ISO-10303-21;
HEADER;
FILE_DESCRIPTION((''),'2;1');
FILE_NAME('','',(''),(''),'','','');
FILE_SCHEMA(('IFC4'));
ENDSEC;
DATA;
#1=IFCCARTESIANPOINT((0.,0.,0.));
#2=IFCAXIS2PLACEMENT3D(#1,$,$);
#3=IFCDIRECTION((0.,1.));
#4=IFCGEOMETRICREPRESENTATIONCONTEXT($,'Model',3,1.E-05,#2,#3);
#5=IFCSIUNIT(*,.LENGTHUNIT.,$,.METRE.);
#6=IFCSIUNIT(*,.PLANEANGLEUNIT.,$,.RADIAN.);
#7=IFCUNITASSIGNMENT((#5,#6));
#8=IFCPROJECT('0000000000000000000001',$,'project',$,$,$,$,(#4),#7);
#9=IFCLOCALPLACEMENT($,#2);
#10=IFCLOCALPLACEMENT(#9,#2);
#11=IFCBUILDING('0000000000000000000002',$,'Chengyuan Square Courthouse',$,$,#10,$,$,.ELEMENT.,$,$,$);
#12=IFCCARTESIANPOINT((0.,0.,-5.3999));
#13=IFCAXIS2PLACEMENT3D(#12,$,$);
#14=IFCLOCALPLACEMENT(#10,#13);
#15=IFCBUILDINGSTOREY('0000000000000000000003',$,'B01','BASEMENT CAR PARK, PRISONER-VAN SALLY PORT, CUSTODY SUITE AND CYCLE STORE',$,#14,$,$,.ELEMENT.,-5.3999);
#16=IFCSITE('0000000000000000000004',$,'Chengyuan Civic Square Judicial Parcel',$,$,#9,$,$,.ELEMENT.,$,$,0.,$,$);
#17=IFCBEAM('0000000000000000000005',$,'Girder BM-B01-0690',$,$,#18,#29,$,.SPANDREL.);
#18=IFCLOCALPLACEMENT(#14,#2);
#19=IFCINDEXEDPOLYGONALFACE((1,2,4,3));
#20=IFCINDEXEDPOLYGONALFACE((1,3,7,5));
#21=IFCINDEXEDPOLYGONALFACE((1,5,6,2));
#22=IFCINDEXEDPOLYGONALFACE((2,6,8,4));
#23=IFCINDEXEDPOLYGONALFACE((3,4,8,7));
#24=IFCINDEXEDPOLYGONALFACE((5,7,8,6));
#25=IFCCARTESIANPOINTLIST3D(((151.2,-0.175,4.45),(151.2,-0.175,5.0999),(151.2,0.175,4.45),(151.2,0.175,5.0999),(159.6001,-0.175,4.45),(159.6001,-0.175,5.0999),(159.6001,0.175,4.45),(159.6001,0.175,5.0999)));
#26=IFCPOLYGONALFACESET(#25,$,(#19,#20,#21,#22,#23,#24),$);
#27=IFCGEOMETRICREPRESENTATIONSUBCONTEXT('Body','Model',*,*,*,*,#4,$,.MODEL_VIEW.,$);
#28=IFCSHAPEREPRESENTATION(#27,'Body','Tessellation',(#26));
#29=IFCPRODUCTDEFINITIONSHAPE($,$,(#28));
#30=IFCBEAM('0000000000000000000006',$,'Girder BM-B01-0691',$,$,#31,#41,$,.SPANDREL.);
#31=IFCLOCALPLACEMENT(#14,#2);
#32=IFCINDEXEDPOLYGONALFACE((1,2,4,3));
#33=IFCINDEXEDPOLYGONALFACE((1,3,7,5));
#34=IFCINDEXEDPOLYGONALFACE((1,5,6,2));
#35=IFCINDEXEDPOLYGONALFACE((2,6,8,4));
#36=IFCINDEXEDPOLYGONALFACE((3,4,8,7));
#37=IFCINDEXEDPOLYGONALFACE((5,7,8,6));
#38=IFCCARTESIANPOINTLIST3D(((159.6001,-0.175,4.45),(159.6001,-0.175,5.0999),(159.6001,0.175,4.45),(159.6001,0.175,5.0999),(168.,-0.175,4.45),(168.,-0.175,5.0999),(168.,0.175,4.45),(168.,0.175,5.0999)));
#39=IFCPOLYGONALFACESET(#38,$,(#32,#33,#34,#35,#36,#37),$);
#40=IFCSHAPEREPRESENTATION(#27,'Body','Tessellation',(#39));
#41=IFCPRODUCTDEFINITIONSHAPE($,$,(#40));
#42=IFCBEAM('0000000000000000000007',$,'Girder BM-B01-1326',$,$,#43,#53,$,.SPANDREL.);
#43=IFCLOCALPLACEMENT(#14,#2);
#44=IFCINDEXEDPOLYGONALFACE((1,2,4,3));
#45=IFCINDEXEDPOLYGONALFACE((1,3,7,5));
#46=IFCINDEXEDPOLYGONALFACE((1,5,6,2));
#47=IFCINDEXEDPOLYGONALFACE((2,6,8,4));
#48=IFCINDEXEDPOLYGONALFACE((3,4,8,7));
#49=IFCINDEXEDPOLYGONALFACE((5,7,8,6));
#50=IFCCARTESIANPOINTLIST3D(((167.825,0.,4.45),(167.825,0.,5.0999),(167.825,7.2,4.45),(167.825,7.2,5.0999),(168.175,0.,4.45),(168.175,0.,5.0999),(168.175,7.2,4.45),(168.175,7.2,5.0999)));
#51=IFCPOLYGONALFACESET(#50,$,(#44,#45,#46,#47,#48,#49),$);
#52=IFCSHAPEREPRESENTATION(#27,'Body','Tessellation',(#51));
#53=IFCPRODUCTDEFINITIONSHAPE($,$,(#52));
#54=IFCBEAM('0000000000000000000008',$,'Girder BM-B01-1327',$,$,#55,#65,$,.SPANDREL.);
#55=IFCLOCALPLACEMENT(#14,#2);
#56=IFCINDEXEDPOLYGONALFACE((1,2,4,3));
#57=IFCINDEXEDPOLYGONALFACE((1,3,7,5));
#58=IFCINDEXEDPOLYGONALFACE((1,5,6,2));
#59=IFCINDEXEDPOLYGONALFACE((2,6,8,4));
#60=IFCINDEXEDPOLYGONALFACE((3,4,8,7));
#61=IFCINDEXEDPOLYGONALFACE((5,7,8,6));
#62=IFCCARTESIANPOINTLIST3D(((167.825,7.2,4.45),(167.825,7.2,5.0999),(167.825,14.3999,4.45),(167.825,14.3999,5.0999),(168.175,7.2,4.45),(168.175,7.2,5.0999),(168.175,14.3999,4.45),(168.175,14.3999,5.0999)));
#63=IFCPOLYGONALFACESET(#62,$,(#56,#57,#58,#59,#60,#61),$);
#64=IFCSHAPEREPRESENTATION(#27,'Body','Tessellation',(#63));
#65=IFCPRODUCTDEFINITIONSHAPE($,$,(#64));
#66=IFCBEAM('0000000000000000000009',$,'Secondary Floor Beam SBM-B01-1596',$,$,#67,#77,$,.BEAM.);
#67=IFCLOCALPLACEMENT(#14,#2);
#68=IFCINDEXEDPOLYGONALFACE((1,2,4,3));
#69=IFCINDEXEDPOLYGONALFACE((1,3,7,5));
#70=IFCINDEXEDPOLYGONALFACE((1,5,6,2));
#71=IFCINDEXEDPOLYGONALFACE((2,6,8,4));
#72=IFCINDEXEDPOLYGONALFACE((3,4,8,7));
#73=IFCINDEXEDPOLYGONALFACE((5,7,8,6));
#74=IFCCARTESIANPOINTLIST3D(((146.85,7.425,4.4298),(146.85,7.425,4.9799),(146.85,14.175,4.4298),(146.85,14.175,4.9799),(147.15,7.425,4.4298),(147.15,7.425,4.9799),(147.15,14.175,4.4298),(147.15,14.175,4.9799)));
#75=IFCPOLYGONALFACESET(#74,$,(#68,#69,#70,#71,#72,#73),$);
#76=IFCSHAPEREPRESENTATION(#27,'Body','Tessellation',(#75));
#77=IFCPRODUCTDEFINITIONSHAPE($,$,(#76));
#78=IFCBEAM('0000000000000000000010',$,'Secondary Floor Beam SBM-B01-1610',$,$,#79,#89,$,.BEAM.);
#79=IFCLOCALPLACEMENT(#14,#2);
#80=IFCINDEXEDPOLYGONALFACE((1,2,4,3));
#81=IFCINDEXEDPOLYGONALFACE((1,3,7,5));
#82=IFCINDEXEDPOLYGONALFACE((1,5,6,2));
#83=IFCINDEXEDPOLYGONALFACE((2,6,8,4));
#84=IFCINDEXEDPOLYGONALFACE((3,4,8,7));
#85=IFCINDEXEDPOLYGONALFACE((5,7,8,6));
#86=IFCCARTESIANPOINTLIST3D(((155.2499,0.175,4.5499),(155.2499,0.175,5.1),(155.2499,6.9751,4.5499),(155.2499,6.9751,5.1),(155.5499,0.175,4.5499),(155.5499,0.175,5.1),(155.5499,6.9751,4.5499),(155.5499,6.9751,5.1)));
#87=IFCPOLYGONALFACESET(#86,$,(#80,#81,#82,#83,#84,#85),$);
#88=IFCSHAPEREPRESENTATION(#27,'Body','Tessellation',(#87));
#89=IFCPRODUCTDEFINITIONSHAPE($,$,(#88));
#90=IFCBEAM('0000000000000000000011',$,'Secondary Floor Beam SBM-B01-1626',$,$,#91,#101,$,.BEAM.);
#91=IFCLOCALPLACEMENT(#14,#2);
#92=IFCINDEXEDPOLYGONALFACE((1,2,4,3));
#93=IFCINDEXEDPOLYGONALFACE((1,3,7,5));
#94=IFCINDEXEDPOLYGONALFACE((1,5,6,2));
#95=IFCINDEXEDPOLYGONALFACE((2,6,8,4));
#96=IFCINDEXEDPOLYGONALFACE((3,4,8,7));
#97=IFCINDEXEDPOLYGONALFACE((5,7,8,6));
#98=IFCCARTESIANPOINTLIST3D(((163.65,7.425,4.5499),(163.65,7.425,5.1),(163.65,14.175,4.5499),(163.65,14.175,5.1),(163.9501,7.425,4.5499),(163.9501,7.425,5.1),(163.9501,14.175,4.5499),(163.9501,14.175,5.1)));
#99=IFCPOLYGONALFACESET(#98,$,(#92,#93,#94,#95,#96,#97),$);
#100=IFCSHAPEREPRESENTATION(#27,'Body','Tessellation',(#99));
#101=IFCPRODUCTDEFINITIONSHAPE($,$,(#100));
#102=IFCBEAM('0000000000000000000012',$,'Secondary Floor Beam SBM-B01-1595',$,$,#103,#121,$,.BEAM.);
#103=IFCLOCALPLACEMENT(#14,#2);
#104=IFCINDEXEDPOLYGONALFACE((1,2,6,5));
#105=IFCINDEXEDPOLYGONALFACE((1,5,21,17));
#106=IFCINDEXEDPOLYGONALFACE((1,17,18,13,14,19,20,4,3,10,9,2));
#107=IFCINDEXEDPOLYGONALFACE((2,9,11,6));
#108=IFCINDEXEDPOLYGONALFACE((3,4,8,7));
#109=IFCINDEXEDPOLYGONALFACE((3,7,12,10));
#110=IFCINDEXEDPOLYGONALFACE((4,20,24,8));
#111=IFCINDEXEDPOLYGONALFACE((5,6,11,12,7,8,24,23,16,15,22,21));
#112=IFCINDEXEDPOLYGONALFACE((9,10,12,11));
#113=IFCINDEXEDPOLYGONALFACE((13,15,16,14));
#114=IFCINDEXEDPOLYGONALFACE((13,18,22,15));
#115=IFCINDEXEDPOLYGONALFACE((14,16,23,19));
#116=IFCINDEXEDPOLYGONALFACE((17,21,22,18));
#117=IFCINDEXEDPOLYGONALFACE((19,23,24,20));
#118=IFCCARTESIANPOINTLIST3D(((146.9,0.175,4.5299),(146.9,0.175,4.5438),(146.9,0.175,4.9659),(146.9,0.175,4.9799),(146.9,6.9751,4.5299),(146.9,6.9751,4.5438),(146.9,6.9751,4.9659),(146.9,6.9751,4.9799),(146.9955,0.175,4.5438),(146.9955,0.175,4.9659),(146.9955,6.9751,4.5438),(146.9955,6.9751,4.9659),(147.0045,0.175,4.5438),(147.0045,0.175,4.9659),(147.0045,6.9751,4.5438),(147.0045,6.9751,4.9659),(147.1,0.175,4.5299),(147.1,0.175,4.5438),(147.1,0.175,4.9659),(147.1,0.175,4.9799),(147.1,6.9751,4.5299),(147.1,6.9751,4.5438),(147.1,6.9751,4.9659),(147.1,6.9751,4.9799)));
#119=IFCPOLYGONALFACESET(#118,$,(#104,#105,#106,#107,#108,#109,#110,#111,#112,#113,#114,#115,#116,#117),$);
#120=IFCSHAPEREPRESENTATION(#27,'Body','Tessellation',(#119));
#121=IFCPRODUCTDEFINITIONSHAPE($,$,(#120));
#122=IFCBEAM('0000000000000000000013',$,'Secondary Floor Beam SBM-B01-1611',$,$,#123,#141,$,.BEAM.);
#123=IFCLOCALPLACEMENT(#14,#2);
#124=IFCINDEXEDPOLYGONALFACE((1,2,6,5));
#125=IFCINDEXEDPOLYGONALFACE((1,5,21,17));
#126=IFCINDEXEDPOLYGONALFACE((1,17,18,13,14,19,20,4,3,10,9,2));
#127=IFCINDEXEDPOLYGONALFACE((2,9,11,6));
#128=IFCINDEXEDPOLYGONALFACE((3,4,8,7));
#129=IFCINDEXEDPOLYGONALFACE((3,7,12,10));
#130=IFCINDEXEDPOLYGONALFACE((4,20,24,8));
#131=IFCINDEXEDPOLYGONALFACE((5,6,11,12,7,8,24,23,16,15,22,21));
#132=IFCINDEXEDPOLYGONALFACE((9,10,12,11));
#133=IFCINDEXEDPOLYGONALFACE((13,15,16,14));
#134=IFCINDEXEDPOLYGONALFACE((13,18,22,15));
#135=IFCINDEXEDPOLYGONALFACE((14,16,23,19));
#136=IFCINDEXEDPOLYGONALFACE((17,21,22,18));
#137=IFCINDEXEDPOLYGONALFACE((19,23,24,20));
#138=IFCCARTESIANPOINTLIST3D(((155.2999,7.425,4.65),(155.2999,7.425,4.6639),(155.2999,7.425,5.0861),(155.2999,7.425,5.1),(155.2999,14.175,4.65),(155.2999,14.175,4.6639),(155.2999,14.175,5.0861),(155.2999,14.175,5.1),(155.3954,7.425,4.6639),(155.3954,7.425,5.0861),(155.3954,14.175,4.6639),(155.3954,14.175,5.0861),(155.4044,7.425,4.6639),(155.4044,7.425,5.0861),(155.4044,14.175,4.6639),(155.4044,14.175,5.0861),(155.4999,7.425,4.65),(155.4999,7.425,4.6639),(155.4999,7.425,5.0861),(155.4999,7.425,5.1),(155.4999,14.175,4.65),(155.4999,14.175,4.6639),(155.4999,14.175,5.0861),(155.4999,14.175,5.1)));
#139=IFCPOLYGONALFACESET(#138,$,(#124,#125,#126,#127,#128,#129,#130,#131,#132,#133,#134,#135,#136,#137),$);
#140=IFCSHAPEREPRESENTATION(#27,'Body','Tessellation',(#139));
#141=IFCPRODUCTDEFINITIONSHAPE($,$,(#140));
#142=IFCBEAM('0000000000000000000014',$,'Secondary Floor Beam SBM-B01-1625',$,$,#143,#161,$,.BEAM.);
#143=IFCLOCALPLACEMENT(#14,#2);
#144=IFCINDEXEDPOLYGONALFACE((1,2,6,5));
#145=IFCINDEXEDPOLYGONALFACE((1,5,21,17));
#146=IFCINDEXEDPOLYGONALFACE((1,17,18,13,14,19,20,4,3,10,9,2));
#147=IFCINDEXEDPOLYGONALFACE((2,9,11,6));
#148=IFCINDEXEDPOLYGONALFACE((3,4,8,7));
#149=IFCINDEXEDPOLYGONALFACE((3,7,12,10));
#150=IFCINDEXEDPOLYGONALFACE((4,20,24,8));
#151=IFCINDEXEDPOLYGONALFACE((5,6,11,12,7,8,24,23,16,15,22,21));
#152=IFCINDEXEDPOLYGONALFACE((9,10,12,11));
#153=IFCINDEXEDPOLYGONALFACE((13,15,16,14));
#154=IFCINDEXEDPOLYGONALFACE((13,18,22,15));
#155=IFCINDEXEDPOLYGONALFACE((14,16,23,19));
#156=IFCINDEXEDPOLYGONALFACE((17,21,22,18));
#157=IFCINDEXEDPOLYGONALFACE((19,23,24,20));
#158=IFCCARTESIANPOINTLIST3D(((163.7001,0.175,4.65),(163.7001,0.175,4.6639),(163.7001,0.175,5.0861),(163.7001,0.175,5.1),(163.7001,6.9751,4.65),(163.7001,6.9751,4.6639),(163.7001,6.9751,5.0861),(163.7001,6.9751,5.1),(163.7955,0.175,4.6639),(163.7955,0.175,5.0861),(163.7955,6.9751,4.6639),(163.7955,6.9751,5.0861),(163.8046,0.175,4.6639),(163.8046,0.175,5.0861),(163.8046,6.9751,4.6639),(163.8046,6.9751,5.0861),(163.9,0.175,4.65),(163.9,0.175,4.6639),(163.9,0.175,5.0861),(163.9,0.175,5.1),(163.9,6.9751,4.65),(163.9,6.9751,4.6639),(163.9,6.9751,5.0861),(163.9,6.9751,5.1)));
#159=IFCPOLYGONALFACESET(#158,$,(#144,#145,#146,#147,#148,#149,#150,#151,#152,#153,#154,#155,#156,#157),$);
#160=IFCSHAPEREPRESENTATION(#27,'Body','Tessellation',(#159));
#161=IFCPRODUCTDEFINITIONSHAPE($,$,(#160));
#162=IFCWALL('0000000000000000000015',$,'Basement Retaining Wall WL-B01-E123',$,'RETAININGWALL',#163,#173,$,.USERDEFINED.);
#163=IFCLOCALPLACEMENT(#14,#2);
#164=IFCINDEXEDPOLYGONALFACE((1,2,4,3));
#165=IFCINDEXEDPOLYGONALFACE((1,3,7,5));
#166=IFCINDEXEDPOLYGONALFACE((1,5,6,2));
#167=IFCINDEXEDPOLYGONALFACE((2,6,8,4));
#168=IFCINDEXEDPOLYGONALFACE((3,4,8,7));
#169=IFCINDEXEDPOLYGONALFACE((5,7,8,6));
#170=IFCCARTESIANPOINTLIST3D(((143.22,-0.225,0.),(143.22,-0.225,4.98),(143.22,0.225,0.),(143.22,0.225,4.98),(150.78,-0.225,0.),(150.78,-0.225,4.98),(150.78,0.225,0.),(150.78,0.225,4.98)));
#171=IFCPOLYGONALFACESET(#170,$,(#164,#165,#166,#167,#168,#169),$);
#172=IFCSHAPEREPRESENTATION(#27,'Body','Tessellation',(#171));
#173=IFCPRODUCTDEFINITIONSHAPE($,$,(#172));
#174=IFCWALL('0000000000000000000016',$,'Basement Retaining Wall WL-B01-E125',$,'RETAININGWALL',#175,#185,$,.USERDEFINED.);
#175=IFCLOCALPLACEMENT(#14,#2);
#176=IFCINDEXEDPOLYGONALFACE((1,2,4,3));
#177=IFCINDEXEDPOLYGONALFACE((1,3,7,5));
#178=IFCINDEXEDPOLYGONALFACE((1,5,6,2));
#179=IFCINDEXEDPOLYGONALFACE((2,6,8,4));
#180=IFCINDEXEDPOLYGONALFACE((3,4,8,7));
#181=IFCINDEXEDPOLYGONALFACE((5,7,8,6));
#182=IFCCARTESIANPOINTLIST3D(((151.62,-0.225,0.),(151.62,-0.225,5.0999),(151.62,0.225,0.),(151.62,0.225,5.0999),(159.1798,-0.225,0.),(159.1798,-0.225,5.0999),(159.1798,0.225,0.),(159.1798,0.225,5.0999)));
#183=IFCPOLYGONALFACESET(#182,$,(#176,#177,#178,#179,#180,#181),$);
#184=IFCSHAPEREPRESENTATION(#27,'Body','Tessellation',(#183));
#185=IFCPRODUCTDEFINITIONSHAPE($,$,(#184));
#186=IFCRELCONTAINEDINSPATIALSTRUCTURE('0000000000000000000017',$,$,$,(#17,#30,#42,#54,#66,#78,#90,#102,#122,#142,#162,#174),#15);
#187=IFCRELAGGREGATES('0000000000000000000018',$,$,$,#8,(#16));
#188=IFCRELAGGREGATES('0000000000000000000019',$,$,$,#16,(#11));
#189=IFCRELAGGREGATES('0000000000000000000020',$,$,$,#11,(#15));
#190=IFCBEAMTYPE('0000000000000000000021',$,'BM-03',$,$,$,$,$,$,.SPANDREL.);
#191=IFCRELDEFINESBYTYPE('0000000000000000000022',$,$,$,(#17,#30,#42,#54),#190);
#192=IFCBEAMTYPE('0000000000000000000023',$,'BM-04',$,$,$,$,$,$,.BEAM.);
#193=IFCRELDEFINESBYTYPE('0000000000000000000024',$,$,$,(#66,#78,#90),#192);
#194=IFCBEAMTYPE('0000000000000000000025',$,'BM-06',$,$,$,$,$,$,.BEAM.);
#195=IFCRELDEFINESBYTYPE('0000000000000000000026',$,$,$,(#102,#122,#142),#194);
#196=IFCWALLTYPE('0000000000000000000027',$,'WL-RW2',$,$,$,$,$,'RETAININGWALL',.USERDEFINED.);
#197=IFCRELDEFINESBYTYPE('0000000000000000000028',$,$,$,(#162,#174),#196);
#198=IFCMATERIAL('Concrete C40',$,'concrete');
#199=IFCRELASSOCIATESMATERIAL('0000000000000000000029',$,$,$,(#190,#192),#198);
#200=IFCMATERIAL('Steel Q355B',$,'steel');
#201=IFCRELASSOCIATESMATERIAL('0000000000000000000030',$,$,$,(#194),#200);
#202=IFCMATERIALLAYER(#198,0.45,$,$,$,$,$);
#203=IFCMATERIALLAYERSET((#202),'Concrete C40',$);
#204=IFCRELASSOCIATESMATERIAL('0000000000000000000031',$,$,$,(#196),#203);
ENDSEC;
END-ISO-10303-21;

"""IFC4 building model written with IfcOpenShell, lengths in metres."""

from ifc_helpers import new_model, si_unit, direction, frame, frame_2d, origin, origin_2d, place, context, subcontext, project, spatial, rectangle, i_section, extrude, material, layer, layer_set, material_profile, profile_set, type_object, element, save


model = new_model("IFC4")

# Units and contexts
model_context = context("Model", 3, precision=1e-05, world=origin(), true_north=direction((0.0, 1.0)))
body_context = subcontext(model_context, "Body", "Model", "MODEL_VIEW")
ifc_project = project(units=[si_unit("LENGTHUNIT", "METRE"), si_unit("PLANEANGLEUNIT", "RADIAN")], contexts=[model_context])

# Site, building, storey
site_placement = place(None, origin())
site = spatial("IfcSite", under=ifc_project, at=site_placement, Name="Chengyuan Civic Square Judicial Parcel", CompositionType="ELEMENT", RefElevation=0.0)
building_placement = place(site_placement, origin())
building = spatial("IfcBuilding", under=site, at=building_placement, Name="Chengyuan Square Courthouse", CompositionType="ELEMENT")
storey_placement = place(building_placement, frame((0.0, 0.0, -5.3999)))
storey = spatial("IfcBuildingStorey", under=building, at=storey_placement, Name="B01", Description="BASEMENT CAR PARK, PRISONER-VAN SALLY PORT, CUSTODY SUITE AND CYCLE STORE", CompositionType="ELEMENT", Elevation=-5.3999)

# Beams
ifc_material_1 = material(Name="Concrete C40", Category="concrete")
ifc_material_profile_1 = material_profile(ifc_material_1, rectangle(XDim=0.3501, YDim=0.6499, at=origin_2d()), Name="RC-BM-350x650")
ifc_profile_set_1 = profile_set([ifc_material_profile_1], Name="Concrete C40")
beam_type_1 = type_object("IfcBeamType", Name="BM-03", PredefinedType="SPANDREL", material=ifc_profile_set_1)
beam_1_placement = place(storey_placement, frame((151.2, 0.0, 4.7749), z_axis=(1.0, 0.0, 0.0), x_axis=(0.0, 1.0, 0.0)))
element("IfcBeam", 1, at=beam_1_placement, inside=storey, type_object=beam_type_1, Name="Girder BM-B01-0690", PredefinedType="SPANDREL", context=body_context, shape_type="SweptSolid", body=[
    extrude(rectangle(XDim=0.3501, YDim=0.6499, at=origin_2d()), origin(), (0.0, 0.0, 1.0), 8.4001),
])
beam_2_placement = place(storey_placement, frame((159.6001, 0.0, 4.7749), z_axis=(1.0, 0.0, 0.0), x_axis=(0.0, 1.0, 0.0)))
element("IfcBeam", 2, at=beam_2_placement, inside=storey, type_object=beam_type_1, Name="Girder BM-B01-0691", PredefinedType="SPANDREL", context=body_context, shape_type="SweptSolid", body=[
    extrude(rectangle(XDim=0.3501, YDim=0.6499, at=origin_2d()), origin(), (0.0, 0.0, 1.0), 8.3999),
])
for number, where, z_axis, x_axis, name in (
    (3, (168.0, 0.0, 4.7749), (0.0, 1.0, 0.0), (-1.0, 0.0, 0.0), "Girder BM-B01-1326"),
    (4, (168.0, 7.2, 4.7749), (0.0, 1.0, 0.0), (-1.0, 0.0, 0.0), "Girder BM-B01-1327"),
):
    element("IfcBeam", number, at=place(storey_placement, frame(where, z_axis=z_axis, x_axis=x_axis)), inside=storey, type_object=beam_type_1, Name=name, PredefinedType="SPANDREL", context=body_context, shape_type="SweptSolid", body=[
        extrude(rectangle(XDim=0.3501, YDim=0.6499, at=origin_2d()), origin(), (0.0, 0.0, 1.0), 7.2),
    ])
ifc_material_profile_2 = material_profile(ifc_material_1, rectangle(XDim=0.3, YDim=0.55, at=origin_2d()), Name="RC-BM-300x550")
ifc_profile_set_2 = profile_set([ifc_material_profile_2], Name="Concrete C40")
beam_type_2 = type_object("IfcBeamType", Name="BM-04", PredefinedType="BEAM", material=ifc_profile_set_2)
beam_3_placement = place(storey_placement, frame((147.0, 7.425, 4.7048), z_axis=(0.0, 1.0, 0.0), x_axis=(-1.0, 0.0, 0.0)))
element("IfcBeam", 5, at=beam_3_placement, inside=storey, type_object=beam_type_2, Name="Secondary Floor Beam SBM-B01-1596", PredefinedType="BEAM", context=body_context, shape_type="SweptSolid", body=[
    extrude(rectangle(XDim=0.3, YDim=0.55, at=origin_2d()), origin(), (0.0, 0.0, 1.0), 6.75),
])
beam_4_placement = place(storey_placement, frame((155.3999, 0.175, 4.825), z_axis=(0.0, 1.0, 0.0), x_axis=(-1.0, 0.0, 0.0)))
element("IfcBeam", 6, at=beam_4_placement, inside=storey, type_object=beam_type_2, Name="Secondary Floor Beam SBM-B01-1610", PredefinedType="BEAM", context=body_context, shape_type="SweptSolid", body=[
    extrude(rectangle(XDim=0.3, YDim=0.55, at=origin_2d()), origin(), (0.0, 0.0, 1.0), 6.8),
])
beam_5_placement = place(storey_placement, frame((163.8, 7.425, 4.825), z_axis=(0.0, 1.0, 0.0), x_axis=(-1.0, 0.0, 0.0)))
element("IfcBeam", 7, at=beam_5_placement, inside=storey, type_object=beam_type_2, Name="Secondary Floor Beam SBM-B01-1626", PredefinedType="BEAM", context=body_context, shape_type="SweptSolid", body=[
    extrude(rectangle(XDim=0.3, YDim=0.55, at=origin_2d()), origin(), (0.0, 0.0, 1.0), 6.75),
])
ifc_material_2 = material(Name="Steel Q355B", Category="steel")
ifc_material_profile_3 = material_profile(ifc_material_2, i_section(OverallWidth=0.2, OverallDepth=0.45, WebThickness=0.009, FlangeThickness=0.0139, at=origin_2d()), Name="HN 450x200x9x14")
ifc_profile_set_3 = profile_set([ifc_material_profile_3], Name="Steel Q355B")
beam_type_3 = type_object("IfcBeamType", Name="BM-06", PredefinedType="BEAM", material=ifc_profile_set_3)
beam_6_placement = place(storey_placement, frame((147.0, 0.175, 4.7549), z_axis=(0.0, 1.0, 0.0), x_axis=(-1.0, 0.0, 0.0)))
element("IfcBeam", 8, at=beam_6_placement, inside=storey, type_object=beam_type_3, Name="Secondary Floor Beam SBM-B01-1595", PredefinedType="BEAM", context=body_context, shape_type="SweptSolid", body=[
    extrude(i_section(OverallWidth=0.2, OverallDepth=0.45, WebThickness=0.009, FlangeThickness=0.0139, at=origin_2d()), origin(), (0.0, 0.0, 1.0), 6.8),
])
beam_7_placement = place(storey_placement, frame((155.3999, 7.425, 4.875), z_axis=(0.0, 1.0, 0.0), x_axis=(-1.0, 0.0, 0.0)))
element("IfcBeam", 9, at=beam_7_placement, inside=storey, type_object=beam_type_3, Name="Secondary Floor Beam SBM-B01-1611", PredefinedType="BEAM", context=body_context, shape_type="SweptSolid", body=[
    extrude(i_section(OverallWidth=0.2, OverallDepth=0.45, WebThickness=0.009, FlangeThickness=0.0139, at=origin_2d()), origin(), (0.0, 0.0, 1.0), 6.75),
])
beam_8_placement = place(storey_placement, frame((163.8, 0.175, 4.875), z_axis=(0.0, 1.0, 0.0), x_axis=(-1.0, 0.0, 0.0)))
element("IfcBeam", 10, at=beam_8_placement, inside=storey, type_object=beam_type_3, Name="Secondary Floor Beam SBM-B01-1625", PredefinedType="BEAM", context=body_context, shape_type="SweptSolid", body=[
    extrude(i_section(OverallWidth=0.2, OverallDepth=0.45, WebThickness=0.009, FlangeThickness=0.0139, at=origin_2d()), origin(), (0.0, 0.0, 1.0), 6.8),
])

# Walls
ifc_layer = layer(ifc_material_1, 0.45)
ifc_layer_set = layer_set([ifc_layer], Name="Concrete C40")
wall_type = type_object("IfcWallType", Name="WL-RW2", ElementType="RETAININGWALL", PredefinedType="USERDEFINED", material=ifc_layer_set)
wall_1_placement = place(storey_placement, frame((143.22, 0.0, 0.0), z_axis=(0.0, 0.0, 1.0), x_axis=(1.0, 0.0, 0.0)))
element("IfcWall", 11, at=wall_1_placement, inside=storey, type_object=wall_type, Name="Basement Retaining Wall WL-B01-E123", ObjectType="RETAININGWALL", PredefinedType="USERDEFINED", context=body_context, shape_type="SweptSolid", body=[
    extrude(rectangle(XDim=7.5601, YDim=0.45, at=frame_2d((3.78, 0.0))), origin(), (0.0, 0.0, 1.0), 4.98),
])
wall_2_placement = place(storey_placement, frame((151.6201, 0.0, 0.0), z_axis=(0.0, 0.0, 1.0), x_axis=(1.0, 0.0, 0.0)))
element("IfcWall", 12, at=wall_2_placement, inside=storey, type_object=wall_type, Name="Basement Retaining Wall WL-B01-E125", ObjectType="RETAININGWALL", PredefinedType="USERDEFINED", context=body_context, shape_type="SweptSolid", body=[
    extrude(rectangle(XDim=7.5598, YDim=0.45, at=frame_2d((3.7798, 0.0))), origin(), (0.0, 0.0, 1.0), 5.0999),
])

save(model, "model.ifc")
